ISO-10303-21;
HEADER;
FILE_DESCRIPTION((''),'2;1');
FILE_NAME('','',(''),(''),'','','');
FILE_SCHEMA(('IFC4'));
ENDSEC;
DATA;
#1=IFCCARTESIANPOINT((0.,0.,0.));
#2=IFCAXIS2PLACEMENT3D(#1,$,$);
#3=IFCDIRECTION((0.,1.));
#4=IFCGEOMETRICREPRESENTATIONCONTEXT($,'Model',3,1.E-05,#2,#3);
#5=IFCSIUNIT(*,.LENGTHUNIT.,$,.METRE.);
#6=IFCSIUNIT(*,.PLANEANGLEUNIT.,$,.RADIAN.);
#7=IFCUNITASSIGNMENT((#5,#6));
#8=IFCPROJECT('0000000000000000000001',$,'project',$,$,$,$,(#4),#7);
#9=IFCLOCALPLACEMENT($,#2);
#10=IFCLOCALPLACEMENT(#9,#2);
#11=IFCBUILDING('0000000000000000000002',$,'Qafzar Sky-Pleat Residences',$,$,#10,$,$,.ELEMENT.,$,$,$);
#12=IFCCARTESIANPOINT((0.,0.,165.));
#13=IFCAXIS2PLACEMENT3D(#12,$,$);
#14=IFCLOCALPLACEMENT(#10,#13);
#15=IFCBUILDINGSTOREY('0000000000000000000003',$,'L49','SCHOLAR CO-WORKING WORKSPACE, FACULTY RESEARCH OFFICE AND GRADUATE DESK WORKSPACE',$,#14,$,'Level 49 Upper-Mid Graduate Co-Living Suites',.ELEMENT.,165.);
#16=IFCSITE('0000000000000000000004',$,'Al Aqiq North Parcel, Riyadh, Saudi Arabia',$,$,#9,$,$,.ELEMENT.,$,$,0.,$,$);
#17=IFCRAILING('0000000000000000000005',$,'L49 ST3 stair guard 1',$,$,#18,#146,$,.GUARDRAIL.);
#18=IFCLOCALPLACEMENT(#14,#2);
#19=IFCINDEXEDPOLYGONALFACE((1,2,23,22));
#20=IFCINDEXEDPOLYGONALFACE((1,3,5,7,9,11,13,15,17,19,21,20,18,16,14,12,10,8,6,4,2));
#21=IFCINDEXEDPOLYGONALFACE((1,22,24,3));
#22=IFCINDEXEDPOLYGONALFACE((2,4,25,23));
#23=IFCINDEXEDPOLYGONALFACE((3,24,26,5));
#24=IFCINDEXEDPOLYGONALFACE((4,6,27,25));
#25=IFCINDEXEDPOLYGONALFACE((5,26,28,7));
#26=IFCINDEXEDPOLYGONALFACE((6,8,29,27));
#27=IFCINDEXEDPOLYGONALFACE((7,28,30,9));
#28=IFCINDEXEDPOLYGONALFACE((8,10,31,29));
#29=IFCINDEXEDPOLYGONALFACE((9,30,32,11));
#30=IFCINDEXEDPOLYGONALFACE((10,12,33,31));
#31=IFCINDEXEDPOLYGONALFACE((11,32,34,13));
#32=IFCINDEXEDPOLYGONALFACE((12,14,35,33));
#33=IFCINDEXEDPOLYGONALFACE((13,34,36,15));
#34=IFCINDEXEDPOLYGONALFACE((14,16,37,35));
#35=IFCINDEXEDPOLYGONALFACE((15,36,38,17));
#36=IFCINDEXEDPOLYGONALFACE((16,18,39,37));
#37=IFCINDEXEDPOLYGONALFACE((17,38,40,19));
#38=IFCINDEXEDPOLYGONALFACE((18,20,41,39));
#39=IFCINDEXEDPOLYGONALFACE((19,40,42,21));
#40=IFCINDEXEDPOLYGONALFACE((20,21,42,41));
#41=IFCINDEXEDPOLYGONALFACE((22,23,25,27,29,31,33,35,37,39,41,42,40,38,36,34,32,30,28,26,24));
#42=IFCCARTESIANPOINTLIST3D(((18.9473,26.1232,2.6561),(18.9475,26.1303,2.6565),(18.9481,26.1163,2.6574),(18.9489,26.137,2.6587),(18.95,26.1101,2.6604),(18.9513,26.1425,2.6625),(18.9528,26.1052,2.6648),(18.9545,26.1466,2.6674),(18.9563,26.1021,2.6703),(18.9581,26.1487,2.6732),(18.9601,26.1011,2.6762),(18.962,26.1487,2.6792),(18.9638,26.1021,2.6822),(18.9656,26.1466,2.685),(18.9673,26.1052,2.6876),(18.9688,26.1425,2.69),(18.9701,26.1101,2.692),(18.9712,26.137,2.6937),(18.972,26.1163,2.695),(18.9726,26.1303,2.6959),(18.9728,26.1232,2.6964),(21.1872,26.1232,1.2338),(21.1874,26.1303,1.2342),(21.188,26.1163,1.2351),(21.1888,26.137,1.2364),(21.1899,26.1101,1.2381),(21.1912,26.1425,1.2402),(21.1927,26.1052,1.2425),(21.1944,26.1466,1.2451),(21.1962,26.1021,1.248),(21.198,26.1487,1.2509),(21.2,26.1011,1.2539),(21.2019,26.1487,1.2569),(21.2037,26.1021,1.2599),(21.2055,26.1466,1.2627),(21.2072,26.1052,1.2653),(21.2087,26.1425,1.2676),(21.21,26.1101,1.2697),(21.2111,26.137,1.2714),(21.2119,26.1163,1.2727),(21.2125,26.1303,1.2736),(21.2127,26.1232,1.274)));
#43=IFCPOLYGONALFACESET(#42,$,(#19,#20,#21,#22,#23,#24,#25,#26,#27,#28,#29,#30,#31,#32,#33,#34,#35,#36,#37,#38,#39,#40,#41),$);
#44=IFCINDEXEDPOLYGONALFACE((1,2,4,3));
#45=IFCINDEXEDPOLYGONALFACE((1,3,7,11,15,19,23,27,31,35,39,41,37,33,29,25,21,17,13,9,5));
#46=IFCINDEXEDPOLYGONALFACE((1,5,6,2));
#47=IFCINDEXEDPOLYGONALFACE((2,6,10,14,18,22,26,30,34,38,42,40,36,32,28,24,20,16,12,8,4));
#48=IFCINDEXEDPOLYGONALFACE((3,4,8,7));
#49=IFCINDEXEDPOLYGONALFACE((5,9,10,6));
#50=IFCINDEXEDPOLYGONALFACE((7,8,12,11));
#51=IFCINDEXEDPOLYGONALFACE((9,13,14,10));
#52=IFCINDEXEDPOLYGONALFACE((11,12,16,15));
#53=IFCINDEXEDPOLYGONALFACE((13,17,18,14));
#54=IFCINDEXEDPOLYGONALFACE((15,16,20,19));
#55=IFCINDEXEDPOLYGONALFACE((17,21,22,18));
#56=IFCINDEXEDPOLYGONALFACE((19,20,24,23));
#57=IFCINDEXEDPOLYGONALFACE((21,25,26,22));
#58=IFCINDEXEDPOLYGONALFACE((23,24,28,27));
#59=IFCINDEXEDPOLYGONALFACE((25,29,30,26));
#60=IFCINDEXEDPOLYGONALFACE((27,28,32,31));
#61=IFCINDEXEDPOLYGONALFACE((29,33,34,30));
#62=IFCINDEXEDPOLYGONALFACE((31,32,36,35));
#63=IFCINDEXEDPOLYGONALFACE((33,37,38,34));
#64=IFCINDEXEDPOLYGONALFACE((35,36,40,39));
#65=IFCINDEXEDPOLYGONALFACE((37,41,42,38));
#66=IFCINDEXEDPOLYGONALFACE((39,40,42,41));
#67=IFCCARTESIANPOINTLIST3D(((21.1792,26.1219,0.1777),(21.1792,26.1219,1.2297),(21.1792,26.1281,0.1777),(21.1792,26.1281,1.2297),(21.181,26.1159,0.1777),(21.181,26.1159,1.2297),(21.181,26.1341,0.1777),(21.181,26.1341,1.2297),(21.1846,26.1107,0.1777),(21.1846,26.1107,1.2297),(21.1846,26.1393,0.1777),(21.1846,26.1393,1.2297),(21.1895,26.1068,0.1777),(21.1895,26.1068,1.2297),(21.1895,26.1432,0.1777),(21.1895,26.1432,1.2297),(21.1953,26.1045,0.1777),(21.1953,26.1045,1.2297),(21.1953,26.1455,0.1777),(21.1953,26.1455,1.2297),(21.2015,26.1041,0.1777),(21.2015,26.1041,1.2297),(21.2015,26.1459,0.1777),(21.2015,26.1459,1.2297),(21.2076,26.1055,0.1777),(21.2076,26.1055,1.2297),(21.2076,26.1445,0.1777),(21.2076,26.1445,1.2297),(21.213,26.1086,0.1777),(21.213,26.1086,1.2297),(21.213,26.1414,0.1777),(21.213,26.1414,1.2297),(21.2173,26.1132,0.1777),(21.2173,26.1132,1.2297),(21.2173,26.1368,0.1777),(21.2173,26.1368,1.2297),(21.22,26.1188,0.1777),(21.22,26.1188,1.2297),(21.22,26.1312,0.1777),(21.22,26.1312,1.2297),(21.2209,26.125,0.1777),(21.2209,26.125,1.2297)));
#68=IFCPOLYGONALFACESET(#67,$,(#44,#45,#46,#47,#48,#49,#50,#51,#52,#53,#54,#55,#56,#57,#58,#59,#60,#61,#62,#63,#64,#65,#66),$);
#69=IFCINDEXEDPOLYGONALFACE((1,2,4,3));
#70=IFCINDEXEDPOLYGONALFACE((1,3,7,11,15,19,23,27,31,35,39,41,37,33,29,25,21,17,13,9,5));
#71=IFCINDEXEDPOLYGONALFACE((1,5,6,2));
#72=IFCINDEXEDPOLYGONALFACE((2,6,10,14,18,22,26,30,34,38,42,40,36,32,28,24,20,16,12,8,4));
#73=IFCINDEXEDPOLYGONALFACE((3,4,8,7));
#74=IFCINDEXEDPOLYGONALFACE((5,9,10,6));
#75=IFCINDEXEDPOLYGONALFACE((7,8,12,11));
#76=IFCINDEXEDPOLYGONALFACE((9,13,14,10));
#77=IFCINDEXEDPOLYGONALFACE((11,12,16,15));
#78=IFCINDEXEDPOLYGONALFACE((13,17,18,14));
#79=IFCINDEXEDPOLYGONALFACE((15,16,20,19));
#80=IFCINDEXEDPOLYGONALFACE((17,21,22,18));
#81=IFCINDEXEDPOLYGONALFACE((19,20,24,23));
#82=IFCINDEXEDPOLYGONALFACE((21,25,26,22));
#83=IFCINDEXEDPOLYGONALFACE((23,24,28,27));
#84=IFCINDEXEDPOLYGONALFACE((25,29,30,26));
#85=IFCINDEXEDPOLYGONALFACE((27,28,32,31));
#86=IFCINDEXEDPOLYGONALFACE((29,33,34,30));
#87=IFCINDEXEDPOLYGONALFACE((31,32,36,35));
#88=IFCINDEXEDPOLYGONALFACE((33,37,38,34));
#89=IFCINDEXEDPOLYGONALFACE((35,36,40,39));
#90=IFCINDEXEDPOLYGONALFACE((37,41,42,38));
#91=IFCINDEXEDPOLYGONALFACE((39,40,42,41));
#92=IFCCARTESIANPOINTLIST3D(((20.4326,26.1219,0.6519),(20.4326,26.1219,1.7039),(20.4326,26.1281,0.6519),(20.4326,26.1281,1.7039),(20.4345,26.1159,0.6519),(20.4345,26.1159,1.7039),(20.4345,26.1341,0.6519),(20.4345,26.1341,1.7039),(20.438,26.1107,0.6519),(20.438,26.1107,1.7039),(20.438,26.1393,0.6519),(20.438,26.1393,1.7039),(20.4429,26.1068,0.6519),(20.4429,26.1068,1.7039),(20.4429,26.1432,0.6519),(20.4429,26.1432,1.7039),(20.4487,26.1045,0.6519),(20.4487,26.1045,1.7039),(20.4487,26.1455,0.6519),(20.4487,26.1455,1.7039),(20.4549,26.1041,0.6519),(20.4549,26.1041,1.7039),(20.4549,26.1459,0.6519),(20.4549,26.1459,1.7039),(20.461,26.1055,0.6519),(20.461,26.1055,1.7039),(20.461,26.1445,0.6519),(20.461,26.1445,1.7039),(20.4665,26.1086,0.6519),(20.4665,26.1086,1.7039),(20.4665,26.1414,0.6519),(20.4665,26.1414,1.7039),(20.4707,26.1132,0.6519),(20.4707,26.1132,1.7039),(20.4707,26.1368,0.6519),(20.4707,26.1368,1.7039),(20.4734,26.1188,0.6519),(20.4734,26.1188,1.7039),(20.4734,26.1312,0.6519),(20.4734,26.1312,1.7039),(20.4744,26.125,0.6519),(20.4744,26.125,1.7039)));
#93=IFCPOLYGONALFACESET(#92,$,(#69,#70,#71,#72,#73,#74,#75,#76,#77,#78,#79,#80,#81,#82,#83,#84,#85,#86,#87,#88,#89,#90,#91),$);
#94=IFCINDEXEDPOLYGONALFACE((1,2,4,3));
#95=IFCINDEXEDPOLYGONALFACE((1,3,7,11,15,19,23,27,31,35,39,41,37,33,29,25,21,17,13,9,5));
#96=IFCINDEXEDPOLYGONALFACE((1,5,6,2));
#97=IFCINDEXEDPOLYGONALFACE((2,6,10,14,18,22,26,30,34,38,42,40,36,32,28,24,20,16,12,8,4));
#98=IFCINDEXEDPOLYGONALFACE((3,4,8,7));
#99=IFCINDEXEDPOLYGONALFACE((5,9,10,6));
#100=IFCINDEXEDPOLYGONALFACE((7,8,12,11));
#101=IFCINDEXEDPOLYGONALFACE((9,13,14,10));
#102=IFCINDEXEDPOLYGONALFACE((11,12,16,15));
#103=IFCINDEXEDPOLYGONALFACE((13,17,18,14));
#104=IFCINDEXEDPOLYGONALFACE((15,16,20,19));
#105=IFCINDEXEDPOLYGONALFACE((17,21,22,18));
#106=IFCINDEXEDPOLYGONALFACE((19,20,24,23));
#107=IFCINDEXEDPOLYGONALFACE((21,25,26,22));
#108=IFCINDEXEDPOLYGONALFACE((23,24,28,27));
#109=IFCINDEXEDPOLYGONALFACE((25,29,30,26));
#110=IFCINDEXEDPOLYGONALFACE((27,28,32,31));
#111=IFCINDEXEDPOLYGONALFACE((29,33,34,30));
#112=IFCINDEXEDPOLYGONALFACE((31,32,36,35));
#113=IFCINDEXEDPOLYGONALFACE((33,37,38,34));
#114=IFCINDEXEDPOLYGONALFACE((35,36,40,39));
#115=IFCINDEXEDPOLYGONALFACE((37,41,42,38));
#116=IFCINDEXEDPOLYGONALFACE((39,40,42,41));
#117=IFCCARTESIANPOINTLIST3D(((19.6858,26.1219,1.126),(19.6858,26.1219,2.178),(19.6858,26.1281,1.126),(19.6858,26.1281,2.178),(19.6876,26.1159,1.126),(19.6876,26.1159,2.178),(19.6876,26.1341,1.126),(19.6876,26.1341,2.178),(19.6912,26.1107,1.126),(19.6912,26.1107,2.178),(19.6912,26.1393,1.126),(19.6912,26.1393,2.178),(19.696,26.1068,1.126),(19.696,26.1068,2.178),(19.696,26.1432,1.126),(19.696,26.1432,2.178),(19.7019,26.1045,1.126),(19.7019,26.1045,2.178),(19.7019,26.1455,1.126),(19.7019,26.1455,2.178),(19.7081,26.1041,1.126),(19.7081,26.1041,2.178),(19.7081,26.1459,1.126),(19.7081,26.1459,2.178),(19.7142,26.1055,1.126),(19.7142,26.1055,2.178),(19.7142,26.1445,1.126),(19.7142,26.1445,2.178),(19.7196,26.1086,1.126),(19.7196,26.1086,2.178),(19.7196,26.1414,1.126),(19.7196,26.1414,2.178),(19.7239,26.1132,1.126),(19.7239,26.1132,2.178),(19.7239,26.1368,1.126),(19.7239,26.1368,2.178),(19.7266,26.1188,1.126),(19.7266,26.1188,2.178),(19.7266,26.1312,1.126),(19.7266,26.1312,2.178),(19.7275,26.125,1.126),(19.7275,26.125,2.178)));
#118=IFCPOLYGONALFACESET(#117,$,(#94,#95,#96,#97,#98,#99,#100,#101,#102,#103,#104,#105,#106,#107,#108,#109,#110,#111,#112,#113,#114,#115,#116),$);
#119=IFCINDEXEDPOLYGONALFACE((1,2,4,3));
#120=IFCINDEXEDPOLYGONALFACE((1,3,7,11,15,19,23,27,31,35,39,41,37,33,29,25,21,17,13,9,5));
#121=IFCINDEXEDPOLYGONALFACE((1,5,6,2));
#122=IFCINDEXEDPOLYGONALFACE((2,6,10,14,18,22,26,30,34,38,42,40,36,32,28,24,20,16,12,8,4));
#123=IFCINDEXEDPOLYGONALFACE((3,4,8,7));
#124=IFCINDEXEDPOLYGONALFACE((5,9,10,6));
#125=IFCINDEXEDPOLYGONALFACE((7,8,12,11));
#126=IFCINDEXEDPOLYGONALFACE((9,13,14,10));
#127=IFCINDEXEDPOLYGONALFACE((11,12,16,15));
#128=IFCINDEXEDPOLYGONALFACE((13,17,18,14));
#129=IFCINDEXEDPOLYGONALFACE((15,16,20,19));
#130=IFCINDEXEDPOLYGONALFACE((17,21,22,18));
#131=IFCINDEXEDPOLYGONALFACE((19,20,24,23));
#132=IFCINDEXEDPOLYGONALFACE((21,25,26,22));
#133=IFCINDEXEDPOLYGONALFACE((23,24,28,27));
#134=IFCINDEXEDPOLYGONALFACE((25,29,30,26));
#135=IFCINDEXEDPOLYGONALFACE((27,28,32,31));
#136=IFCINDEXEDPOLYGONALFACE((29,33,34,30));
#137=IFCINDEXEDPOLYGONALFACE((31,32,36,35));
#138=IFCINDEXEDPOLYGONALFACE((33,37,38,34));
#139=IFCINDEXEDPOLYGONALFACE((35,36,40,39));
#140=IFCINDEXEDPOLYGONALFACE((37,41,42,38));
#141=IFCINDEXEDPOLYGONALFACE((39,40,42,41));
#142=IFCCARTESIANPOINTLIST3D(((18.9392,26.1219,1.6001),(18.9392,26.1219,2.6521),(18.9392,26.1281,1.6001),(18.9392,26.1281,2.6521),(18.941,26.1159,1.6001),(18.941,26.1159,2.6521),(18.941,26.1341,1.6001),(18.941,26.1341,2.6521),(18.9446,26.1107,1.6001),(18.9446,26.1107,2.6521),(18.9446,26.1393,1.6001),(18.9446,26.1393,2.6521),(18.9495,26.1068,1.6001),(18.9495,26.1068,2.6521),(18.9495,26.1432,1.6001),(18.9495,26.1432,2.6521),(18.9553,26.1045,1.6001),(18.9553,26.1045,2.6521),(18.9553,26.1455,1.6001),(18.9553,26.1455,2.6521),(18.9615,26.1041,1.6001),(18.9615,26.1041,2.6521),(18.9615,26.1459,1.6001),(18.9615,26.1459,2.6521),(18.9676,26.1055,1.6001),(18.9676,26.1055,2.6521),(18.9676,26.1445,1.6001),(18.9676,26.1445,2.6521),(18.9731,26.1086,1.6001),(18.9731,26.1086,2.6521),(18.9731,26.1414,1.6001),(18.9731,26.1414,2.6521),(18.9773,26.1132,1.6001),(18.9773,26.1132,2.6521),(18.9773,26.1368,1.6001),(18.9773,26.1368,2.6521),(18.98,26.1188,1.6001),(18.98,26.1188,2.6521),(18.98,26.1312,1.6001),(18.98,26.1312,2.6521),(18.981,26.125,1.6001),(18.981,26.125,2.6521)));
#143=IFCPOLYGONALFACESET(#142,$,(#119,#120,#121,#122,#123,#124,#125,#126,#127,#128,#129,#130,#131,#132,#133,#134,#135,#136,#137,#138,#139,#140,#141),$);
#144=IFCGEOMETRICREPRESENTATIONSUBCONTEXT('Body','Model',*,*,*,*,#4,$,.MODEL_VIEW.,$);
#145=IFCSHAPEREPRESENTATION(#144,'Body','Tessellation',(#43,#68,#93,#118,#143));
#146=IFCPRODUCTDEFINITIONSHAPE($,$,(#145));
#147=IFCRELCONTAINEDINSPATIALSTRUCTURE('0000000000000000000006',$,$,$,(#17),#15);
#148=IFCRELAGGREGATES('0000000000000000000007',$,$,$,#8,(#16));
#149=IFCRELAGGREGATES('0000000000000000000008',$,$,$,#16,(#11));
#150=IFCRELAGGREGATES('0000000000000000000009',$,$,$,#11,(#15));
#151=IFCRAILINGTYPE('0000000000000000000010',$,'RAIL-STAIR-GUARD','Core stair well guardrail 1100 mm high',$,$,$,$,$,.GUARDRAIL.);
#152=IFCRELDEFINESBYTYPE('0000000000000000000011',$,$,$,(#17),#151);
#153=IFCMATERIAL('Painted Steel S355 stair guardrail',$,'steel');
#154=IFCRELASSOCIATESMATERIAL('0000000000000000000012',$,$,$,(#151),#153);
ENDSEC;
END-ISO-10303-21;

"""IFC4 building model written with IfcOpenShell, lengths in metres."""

from ifc_helpers import new_model, si_unit, direction, frame, origin, origin_2d, place, context, subcontext, project, spatial, circle, extrude, source, transform, mapped, material, type_object, element, save


model = new_model("IFC4")

# Units and contexts
model_context = context("Model", 3, precision=1e-05, world=origin(), true_north=direction((0.0, 1.0)))
body_context = subcontext(model_context, "Body", "Model", "MODEL_VIEW")
ifc_project = project(units=[si_unit("LENGTHUNIT", "METRE"), si_unit("PLANEANGLEUNIT", "RADIAN")], contexts=[model_context])

# Site, building, storey
site_placement = place(None, origin())
site = spatial("IfcSite", under=ifc_project, at=site_placement, Name="Al Aqiq North Parcel, Riyadh, Saudi Arabia", CompositionType="ELEMENT", RefElevation=0.0)
building_placement = place(site_placement, origin())
building = spatial("IfcBuilding", under=site, at=building_placement, Name="Qafzar Sky-Pleat Residences", CompositionType="ELEMENT")
storey_placement = place(building_placement, frame((0.0, 0.0, 165.0)))
storey = spatial("IfcBuildingStorey", under=building, at=storey_placement, Name="L49", Description="SCHOLAR CO-WORKING WORKSPACE, FACULTY RESEARCH OFFICE AND GRADUATE DESK WORKSPACE", LongName="Level 49 Upper-Mid Graduate Co-Living Suites", CompositionType="ELEMENT", Elevation=165.0)

# Railing
ifc_material_1 = material(Name="Painted Steel S355 stair guardrail", Category="steel")
railing_type = type_object("IfcRailingType", Name="RAIL-STAIR-GUARD", Description="Core stair well guardrail 1100 mm high", PredefinedType="GUARDRAIL", material=ifc_material_1)
shared_shape_1 = source(origin(), body_context, "Body", "SweptSolid", [
    extrude(circle(Radius=0.0239, at=origin_2d()), frame((0.0, 0.0, 1.0762), z_axis=(-0.844188, 0.0, 0.536048), x_axis=(0.0, -1.0, 0.0)), (0.0, 0.0, 1.0), 2.6533),
    extrude(circle(Radius=0.021, at=origin_2d()), origin(), (0.0, 0.0, 1.0), 1.052),
    extrude(circle(Radius=0.021, at=origin_2d()), frame((-0.7466, 0.0, 0.4741)), (0.0, 0.0, 1.0), 1.052),
    extrude(circle(Radius=0.021, at=origin_2d()), frame((-1.4934, 0.0, 0.9482)), (0.0, 0.0, 1.0), 1.052),
    extrude(circle(Radius=0.021, at=origin_2d()), frame((-2.24, 0.0, 1.4224)), (0.0, 0.0, 1.0), 1.052),
])
railing_1_placement = place(storey_placement, frame((21.2, 26.125, 0.1777)))
element("IfcRailing", 1, at=railing_1_placement, inside=storey, type_object=railing_type, Name="L49 ST3 stair guard 1", PredefinedType="GUARDRAIL", context=body_context, shape_type="MappedRepresentation", body=[
    mapped(shared_shape_1, transform((0.0, 0.0, 0.0), x_axis=(1.0, 0.0, 0.0), y_axis=(0.0, 1.0, 0.0), z_axis=(0.0, 0.0, 1.0), scale=1.0)),
])

save(model, "model.ifc")
